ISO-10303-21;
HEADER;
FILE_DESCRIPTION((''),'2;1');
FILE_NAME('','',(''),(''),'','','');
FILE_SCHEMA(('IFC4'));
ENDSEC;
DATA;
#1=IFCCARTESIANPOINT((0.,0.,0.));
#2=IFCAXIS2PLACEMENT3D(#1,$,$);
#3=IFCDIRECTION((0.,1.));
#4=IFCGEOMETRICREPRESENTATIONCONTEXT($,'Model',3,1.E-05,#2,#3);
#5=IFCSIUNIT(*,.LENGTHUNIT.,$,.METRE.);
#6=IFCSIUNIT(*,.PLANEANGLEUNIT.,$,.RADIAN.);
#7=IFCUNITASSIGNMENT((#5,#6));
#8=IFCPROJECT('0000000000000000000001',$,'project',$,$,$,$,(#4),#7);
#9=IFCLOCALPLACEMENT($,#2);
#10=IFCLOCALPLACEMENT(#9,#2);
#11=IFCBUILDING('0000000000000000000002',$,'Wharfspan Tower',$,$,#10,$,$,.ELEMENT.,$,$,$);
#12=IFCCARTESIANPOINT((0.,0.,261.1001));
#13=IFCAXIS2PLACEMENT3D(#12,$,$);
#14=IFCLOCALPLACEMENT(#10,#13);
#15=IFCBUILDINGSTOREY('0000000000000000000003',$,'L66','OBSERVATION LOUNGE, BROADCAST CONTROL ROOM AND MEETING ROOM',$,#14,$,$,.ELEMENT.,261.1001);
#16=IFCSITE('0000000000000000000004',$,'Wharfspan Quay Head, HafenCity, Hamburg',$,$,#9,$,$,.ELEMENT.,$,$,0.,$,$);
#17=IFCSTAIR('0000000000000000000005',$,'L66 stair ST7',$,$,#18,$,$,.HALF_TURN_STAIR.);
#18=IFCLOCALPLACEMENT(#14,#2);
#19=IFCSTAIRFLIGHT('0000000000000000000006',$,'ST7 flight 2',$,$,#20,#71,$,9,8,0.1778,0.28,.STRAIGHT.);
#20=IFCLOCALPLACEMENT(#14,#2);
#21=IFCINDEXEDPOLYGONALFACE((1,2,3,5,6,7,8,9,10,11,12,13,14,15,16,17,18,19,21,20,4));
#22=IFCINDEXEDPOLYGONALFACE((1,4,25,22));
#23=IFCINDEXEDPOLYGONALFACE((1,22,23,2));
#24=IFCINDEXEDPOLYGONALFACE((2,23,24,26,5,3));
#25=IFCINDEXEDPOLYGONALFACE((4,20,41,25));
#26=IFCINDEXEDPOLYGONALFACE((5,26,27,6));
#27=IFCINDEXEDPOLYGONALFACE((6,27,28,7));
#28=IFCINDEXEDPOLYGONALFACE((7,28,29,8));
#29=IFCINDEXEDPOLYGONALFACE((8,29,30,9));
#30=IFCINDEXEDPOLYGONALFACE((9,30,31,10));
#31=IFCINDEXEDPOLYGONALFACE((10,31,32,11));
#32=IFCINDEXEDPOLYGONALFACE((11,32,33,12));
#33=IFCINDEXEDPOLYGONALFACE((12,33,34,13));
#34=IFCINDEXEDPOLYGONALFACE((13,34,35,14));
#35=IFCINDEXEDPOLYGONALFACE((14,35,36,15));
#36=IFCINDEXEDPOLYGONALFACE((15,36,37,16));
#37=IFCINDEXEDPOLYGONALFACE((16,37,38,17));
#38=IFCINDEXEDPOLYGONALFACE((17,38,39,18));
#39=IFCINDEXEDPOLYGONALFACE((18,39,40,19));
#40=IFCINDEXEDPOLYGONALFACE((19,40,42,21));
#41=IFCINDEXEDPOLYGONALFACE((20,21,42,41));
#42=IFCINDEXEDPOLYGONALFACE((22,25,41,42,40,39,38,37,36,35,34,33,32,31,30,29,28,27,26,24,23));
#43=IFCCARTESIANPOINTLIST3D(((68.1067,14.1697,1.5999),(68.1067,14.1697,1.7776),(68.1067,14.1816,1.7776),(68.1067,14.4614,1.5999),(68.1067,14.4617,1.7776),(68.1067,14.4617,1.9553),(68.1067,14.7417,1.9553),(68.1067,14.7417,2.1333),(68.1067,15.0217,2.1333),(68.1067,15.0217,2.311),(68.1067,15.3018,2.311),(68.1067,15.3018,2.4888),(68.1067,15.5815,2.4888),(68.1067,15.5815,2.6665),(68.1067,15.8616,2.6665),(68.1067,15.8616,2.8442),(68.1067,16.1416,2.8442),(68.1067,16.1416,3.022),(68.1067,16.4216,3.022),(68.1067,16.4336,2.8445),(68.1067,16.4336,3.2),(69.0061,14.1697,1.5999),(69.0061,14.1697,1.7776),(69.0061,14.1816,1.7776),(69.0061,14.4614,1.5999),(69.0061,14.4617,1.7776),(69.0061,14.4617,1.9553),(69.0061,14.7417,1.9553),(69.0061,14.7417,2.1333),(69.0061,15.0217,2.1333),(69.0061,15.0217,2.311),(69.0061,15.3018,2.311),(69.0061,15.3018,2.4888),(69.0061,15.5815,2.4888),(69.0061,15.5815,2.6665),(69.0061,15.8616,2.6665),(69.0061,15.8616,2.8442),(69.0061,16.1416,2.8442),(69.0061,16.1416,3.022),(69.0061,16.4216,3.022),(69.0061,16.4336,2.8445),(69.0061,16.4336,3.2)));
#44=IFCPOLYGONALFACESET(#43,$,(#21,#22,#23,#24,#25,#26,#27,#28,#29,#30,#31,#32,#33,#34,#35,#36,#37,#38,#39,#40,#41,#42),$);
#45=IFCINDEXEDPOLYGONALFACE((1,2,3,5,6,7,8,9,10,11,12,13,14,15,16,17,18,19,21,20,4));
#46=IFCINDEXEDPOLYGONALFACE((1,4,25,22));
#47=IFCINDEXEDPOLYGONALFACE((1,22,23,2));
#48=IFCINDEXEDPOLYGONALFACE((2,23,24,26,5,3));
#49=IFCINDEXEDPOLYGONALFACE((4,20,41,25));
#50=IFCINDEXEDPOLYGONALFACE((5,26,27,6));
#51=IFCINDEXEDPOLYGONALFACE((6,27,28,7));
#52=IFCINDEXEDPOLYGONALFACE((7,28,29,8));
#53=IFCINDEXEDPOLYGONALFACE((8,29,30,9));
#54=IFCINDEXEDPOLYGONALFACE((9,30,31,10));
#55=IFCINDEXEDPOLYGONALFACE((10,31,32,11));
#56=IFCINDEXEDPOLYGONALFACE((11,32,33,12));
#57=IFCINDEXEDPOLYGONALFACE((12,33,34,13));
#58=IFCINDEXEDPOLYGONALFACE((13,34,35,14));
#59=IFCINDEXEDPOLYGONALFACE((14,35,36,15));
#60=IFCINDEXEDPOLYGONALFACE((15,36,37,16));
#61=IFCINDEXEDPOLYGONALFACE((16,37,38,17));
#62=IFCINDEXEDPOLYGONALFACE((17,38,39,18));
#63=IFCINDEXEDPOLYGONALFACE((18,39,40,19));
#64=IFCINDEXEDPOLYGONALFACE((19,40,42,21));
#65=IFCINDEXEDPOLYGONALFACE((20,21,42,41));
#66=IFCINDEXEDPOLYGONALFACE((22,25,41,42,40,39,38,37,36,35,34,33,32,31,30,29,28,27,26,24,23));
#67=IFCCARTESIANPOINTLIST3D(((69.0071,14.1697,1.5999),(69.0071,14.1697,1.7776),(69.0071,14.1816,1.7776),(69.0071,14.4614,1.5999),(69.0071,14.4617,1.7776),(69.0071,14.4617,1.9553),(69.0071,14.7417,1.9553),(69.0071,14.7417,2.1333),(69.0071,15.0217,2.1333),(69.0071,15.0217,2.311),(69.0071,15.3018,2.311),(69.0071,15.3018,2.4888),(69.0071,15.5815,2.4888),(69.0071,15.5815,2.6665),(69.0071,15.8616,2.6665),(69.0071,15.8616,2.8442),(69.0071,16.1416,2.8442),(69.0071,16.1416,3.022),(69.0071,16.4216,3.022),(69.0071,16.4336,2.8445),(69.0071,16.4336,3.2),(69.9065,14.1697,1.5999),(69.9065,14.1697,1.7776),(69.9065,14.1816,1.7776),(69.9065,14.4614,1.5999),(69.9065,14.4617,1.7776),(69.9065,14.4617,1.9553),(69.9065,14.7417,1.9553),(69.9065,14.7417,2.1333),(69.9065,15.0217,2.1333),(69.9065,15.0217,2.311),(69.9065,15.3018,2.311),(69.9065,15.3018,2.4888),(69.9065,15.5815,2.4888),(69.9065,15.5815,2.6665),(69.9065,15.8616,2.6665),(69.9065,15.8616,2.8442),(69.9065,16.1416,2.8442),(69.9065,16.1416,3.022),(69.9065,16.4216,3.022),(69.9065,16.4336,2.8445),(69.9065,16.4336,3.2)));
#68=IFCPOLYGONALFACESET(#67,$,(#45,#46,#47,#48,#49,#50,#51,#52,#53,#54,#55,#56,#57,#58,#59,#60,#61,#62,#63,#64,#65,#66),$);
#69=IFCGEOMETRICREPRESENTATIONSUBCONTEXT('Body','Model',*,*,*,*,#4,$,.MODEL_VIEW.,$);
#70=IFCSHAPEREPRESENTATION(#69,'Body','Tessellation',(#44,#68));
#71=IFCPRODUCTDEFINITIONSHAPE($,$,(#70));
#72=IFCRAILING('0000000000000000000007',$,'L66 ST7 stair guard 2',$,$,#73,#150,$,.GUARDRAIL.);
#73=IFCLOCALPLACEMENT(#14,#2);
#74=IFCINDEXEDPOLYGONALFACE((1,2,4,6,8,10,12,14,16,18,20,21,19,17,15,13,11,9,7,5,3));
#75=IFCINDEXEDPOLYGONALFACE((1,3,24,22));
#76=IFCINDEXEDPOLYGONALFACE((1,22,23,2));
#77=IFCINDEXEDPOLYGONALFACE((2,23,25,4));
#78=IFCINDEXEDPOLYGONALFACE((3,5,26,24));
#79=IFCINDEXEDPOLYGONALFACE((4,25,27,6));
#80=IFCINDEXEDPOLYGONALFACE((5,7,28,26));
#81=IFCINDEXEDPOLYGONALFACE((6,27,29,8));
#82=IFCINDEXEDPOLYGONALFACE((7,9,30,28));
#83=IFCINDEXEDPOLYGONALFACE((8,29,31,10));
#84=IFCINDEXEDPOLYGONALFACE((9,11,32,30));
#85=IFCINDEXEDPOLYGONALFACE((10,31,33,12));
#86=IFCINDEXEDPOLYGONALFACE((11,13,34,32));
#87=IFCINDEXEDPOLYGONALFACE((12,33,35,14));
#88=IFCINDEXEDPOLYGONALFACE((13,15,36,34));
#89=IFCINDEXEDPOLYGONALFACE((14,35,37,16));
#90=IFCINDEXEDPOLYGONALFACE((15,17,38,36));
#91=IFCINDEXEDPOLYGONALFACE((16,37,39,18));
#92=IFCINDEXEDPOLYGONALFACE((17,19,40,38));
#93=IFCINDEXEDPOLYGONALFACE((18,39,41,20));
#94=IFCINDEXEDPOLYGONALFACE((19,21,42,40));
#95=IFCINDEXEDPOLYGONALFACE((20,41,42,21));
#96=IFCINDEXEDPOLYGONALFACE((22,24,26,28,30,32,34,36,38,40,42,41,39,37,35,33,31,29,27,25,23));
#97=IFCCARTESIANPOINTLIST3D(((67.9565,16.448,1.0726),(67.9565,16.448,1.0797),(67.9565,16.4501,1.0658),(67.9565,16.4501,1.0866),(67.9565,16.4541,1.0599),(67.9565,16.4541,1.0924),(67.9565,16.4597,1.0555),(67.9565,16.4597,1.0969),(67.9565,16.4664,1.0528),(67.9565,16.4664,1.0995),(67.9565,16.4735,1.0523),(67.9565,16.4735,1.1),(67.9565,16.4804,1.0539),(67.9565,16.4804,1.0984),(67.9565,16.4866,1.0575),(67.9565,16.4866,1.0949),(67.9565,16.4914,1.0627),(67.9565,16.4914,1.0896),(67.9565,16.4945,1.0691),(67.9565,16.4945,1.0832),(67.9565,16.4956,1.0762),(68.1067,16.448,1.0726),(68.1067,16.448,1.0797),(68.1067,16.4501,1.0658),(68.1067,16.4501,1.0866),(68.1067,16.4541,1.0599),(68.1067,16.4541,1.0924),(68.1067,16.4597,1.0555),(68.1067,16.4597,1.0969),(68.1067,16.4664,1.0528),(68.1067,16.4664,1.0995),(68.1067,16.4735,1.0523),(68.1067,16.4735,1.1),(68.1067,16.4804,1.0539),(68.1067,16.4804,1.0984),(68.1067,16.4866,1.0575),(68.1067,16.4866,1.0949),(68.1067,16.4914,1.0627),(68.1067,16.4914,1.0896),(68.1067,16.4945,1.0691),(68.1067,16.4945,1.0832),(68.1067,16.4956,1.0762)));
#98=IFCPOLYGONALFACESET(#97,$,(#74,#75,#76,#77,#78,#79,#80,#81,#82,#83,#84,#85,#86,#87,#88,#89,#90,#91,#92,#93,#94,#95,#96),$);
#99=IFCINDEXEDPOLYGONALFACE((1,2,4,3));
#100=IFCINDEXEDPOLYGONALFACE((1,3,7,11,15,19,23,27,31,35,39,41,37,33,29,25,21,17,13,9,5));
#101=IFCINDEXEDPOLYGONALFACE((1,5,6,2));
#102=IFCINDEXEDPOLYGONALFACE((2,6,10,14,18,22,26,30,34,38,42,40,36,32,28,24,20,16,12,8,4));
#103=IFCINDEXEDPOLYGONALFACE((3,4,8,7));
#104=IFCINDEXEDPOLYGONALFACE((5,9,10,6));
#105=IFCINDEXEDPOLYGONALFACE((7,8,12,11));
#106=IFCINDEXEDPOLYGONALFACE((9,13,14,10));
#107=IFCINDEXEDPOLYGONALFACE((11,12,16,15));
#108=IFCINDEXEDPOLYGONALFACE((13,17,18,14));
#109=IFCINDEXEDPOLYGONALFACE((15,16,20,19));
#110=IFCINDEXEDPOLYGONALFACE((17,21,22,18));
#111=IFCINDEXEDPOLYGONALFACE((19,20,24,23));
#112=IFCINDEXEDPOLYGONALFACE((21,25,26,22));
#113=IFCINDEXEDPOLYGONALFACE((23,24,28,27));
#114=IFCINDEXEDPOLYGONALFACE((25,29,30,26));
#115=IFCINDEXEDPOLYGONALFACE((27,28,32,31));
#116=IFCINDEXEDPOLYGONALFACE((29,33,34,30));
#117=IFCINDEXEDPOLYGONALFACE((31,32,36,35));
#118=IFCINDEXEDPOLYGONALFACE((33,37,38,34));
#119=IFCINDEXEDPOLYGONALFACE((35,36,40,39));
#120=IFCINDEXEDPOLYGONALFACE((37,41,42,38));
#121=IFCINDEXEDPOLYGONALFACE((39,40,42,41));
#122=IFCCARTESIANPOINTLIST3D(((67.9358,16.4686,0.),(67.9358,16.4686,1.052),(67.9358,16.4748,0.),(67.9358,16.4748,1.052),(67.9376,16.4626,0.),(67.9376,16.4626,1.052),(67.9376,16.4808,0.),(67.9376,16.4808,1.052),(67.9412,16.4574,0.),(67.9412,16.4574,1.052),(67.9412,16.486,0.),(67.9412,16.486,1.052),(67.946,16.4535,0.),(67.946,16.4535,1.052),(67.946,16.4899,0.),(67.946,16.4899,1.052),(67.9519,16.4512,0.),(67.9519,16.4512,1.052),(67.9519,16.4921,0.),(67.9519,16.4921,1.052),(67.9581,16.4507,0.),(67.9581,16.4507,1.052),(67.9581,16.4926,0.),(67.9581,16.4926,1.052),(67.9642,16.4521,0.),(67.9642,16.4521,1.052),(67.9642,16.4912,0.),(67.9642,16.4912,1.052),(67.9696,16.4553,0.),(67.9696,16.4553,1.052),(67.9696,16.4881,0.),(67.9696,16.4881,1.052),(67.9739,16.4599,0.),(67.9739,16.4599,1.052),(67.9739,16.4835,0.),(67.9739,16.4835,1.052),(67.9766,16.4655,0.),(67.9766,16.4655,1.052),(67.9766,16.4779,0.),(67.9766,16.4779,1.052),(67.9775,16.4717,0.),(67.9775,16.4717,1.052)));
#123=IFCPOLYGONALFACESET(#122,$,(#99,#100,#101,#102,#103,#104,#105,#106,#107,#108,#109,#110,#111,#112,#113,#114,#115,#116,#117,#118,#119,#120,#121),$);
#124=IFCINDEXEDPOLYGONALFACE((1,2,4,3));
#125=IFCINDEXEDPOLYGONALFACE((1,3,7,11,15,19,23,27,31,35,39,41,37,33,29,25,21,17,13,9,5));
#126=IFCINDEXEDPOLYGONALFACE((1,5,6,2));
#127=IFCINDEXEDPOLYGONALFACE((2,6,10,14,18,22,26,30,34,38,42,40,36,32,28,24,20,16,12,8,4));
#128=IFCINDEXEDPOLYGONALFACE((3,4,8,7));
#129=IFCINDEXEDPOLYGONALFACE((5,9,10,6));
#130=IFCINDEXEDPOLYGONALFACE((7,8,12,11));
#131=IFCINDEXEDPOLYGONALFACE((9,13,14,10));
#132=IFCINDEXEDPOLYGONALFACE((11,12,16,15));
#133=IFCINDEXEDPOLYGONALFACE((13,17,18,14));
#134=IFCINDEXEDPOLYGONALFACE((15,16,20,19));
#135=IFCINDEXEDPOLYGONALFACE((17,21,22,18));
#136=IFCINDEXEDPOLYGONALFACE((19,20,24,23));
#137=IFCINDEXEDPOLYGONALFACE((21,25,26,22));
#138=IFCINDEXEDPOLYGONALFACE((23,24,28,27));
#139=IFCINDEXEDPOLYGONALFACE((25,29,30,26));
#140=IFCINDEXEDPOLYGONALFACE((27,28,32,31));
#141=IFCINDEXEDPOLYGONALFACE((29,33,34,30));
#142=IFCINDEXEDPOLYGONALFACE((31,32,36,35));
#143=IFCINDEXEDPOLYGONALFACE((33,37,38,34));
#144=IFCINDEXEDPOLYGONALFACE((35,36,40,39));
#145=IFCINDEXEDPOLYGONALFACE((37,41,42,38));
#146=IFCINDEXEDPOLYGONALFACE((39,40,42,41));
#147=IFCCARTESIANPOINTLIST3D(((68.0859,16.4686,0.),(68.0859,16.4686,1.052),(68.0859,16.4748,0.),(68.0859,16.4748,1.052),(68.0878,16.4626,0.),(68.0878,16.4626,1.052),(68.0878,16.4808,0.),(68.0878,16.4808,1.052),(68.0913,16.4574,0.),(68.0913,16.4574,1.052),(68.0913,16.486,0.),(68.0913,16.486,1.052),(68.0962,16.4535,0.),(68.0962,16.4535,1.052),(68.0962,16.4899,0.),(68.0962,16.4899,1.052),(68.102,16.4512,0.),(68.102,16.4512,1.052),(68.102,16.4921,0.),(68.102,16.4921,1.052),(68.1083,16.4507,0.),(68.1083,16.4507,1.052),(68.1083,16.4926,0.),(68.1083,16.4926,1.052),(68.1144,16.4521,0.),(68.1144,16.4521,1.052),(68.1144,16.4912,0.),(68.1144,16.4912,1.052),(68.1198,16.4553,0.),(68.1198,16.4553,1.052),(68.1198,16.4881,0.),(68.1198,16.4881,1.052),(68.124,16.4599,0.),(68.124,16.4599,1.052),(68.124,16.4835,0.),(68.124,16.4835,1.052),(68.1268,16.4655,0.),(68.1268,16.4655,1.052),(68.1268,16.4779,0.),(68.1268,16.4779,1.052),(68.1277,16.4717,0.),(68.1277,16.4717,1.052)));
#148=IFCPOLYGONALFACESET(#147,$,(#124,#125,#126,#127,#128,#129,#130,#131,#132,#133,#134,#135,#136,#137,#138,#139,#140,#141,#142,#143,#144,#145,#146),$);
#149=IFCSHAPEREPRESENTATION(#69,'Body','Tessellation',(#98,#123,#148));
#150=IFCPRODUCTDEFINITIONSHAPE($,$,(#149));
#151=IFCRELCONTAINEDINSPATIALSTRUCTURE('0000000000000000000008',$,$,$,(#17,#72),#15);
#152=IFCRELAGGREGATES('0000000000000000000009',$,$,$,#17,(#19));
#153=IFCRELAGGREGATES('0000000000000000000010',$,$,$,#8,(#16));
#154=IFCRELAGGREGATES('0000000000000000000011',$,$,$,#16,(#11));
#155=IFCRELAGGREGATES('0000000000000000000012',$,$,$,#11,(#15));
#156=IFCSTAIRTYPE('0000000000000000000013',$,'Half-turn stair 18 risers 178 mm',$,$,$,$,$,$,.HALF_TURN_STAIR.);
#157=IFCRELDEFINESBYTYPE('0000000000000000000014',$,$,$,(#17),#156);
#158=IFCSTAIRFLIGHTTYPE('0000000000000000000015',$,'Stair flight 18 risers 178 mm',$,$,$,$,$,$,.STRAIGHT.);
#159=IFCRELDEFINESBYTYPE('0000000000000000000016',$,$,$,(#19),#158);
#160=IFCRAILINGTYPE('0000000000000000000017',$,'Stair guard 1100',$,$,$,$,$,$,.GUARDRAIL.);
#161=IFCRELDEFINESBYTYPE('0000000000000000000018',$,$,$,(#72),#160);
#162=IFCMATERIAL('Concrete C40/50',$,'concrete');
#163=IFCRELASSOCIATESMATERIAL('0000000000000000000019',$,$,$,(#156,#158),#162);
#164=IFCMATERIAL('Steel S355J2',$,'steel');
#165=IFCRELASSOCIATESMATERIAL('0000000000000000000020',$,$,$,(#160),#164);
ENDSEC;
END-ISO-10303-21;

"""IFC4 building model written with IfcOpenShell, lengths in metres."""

from ifc_helpers import new_model, si_unit, direction, frame, origin, origin_2d, place, context, subcontext, project, spatial, polyline, circle, outline, extrude, material, type_object, element, aggregate, save


model = new_model("IFC4")

# Units and contexts
model_context = context("Model", 3, precision=1e-05, world=origin(), true_north=direction((0.0, 1.0)))
body_context = subcontext(model_context, "Body", "Model", "MODEL_VIEW")
ifc_project = project(units=[si_unit("LENGTHUNIT", "METRE"), si_unit("PLANEANGLEUNIT", "RADIAN")], contexts=[model_context])

# Site, building, storey
site_placement = place(None, origin())
site = spatial("IfcSite", under=ifc_project, at=site_placement, Name="Wharfspan Quay Head, HafenCity, Hamburg", CompositionType="ELEMENT", RefElevation=0.0)
building_placement = place(site_placement, origin())
building = spatial("IfcBuilding", under=site, at=building_placement, Name="Wharfspan Tower", CompositionType="ELEMENT")
storey_placement = place(building_placement, frame((0.0, 0.0, 261.1001)))
storey = spatial("IfcBuildingStorey", under=building, at=storey_placement, Name="L66", Description="OBSERVATION LOUNGE, BROADCAST CONTROL ROOM AND MEETING ROOM", CompositionType="ELEMENT", Elevation=261.1001)

# Shared definitions
ifc_material_1 = material(Name="Steel S355J2", Category="steel")

# Shared definitions
ifc_material_2 = material(Name="Concrete C40/50", Category="concrete")

# Stair, stair flight
stair_type = type_object("IfcStairType", Name="Half-turn stair 18 risers 178 mm", PredefinedType="HALF_TURN_STAIR", material=ifc_material_2)
stair_placement = place(storey_placement, origin())
stair = element("IfcStair", 1, at=stair_placement, inside=storey, type_object=stair_type, Name="L66 stair ST7", PredefinedType="HALF_TURN_STAIR")
stair_flight_type = type_object("IfcStairFlightType", Name="Stair flight 18 risers 178 mm", PredefinedType="STRAIGHT", material=ifc_material_2)
stair_flight_1_placement = place(storey_placement, frame((69.0066, 14.1816, 1.5999), z_axis=(0.0, 0.0, 1.0), x_axis=(0.0, 1.0, 0.0)))
stair_flight_1 = element("IfcStairFlight", 2, at=stair_flight_1_placement, type_object=stair_flight_type, Name="ST7 flight 2", NumberOfRisers=9, NumberOfTreads=8, PredefinedType="STRAIGHT", RiserHeight=0.1778, TreadLength=0.28, context=body_context, shape_type="SweptSolid", body=[
    extrude(outline(polyline([(-0.012, 0.0), (-0.012, 0.1777), (0.0, 0.1777), (0.28, 0.1777), (0.28, 0.3555), (0.5601, 0.3555), (0.5601, 0.5334), (0.8401, 0.5334), (0.8401, 0.7112), (1.1201, 0.7112), (1.1201, 0.8889), (1.3999, 0.8889), (1.3999, 1.0667), (1.6799, 1.0667), (1.6799, 1.2444), (1.96, 1.2444), (1.96, 1.4221), (2.24, 1.4221), (2.252, 1.6001), (2.252, 1.2446), (0.2798, 0.0), (-0.012, 0.0)])), frame((0.0, 0.8999, 0.0), z_axis=(0.0, -1.0, 0.0), x_axis=(1.0, 0.0, 0.0)), (0.0, 0.0, 1.0), 0.8994),
    extrude(outline(polyline([(-0.012, 0.0), (-0.012, 0.1777), (0.0, 0.1777), (0.28, 0.1777), (0.28, 0.3555), (0.5601, 0.3555), (0.5601, 0.5334), (0.8401, 0.5334), (0.8401, 0.7112), (1.1201, 0.7112), (1.1201, 0.8889), (1.3999, 0.8889), (1.3999, 1.0667), (1.6799, 1.0667), (1.6799, 1.2444), (1.96, 1.2444), (1.96, 1.4221), (2.24, 1.4221), (2.252, 1.6001), (2.252, 1.2446), (0.2798, 0.0), (-0.012, 0.0)])), frame((0.0, -0.0005, 0.0), z_axis=(0.0, -1.0, 0.0), x_axis=(1.0, 0.0, 0.0)), (0.0, 0.0, 1.0), 0.8994),
])
aggregate(stair, [stair_flight_1])

# Railing
railing_type_1 = type_object("IfcRailingType", Name="Stair guard 1100", PredefinedType="GUARDRAIL", material=ifc_material_1)
railing_1_placement = place(storey_placement, frame((67.9565, 16.4717, 0.0)))
element("IfcRailing", 3, at=railing_1_placement, inside=storey, type_object=railing_type_1, Name="L66 ST7 stair guard 2", PredefinedType="GUARDRAIL", context=body_context, shape_type="SweptSolid", body=[
    extrude(circle(Radius=0.0239, at=origin_2d()), frame((0.0, 0.0, 1.0762), z_axis=(1.0, 0.0, 0.0), x_axis=(0.0, 1.0, 0.0)), (0.0, 0.0, 1.0), 0.1501),
    extrude(circle(Radius=0.021, at=origin_2d()), origin(), (0.0, 0.0, 1.0), 1.052),
    extrude(circle(Radius=0.021, at=origin_2d()), frame((0.1501, 0.0, 0.0)), (0.0, 0.0, 1.0), 1.052),
])

save(model, "model.ifc")
